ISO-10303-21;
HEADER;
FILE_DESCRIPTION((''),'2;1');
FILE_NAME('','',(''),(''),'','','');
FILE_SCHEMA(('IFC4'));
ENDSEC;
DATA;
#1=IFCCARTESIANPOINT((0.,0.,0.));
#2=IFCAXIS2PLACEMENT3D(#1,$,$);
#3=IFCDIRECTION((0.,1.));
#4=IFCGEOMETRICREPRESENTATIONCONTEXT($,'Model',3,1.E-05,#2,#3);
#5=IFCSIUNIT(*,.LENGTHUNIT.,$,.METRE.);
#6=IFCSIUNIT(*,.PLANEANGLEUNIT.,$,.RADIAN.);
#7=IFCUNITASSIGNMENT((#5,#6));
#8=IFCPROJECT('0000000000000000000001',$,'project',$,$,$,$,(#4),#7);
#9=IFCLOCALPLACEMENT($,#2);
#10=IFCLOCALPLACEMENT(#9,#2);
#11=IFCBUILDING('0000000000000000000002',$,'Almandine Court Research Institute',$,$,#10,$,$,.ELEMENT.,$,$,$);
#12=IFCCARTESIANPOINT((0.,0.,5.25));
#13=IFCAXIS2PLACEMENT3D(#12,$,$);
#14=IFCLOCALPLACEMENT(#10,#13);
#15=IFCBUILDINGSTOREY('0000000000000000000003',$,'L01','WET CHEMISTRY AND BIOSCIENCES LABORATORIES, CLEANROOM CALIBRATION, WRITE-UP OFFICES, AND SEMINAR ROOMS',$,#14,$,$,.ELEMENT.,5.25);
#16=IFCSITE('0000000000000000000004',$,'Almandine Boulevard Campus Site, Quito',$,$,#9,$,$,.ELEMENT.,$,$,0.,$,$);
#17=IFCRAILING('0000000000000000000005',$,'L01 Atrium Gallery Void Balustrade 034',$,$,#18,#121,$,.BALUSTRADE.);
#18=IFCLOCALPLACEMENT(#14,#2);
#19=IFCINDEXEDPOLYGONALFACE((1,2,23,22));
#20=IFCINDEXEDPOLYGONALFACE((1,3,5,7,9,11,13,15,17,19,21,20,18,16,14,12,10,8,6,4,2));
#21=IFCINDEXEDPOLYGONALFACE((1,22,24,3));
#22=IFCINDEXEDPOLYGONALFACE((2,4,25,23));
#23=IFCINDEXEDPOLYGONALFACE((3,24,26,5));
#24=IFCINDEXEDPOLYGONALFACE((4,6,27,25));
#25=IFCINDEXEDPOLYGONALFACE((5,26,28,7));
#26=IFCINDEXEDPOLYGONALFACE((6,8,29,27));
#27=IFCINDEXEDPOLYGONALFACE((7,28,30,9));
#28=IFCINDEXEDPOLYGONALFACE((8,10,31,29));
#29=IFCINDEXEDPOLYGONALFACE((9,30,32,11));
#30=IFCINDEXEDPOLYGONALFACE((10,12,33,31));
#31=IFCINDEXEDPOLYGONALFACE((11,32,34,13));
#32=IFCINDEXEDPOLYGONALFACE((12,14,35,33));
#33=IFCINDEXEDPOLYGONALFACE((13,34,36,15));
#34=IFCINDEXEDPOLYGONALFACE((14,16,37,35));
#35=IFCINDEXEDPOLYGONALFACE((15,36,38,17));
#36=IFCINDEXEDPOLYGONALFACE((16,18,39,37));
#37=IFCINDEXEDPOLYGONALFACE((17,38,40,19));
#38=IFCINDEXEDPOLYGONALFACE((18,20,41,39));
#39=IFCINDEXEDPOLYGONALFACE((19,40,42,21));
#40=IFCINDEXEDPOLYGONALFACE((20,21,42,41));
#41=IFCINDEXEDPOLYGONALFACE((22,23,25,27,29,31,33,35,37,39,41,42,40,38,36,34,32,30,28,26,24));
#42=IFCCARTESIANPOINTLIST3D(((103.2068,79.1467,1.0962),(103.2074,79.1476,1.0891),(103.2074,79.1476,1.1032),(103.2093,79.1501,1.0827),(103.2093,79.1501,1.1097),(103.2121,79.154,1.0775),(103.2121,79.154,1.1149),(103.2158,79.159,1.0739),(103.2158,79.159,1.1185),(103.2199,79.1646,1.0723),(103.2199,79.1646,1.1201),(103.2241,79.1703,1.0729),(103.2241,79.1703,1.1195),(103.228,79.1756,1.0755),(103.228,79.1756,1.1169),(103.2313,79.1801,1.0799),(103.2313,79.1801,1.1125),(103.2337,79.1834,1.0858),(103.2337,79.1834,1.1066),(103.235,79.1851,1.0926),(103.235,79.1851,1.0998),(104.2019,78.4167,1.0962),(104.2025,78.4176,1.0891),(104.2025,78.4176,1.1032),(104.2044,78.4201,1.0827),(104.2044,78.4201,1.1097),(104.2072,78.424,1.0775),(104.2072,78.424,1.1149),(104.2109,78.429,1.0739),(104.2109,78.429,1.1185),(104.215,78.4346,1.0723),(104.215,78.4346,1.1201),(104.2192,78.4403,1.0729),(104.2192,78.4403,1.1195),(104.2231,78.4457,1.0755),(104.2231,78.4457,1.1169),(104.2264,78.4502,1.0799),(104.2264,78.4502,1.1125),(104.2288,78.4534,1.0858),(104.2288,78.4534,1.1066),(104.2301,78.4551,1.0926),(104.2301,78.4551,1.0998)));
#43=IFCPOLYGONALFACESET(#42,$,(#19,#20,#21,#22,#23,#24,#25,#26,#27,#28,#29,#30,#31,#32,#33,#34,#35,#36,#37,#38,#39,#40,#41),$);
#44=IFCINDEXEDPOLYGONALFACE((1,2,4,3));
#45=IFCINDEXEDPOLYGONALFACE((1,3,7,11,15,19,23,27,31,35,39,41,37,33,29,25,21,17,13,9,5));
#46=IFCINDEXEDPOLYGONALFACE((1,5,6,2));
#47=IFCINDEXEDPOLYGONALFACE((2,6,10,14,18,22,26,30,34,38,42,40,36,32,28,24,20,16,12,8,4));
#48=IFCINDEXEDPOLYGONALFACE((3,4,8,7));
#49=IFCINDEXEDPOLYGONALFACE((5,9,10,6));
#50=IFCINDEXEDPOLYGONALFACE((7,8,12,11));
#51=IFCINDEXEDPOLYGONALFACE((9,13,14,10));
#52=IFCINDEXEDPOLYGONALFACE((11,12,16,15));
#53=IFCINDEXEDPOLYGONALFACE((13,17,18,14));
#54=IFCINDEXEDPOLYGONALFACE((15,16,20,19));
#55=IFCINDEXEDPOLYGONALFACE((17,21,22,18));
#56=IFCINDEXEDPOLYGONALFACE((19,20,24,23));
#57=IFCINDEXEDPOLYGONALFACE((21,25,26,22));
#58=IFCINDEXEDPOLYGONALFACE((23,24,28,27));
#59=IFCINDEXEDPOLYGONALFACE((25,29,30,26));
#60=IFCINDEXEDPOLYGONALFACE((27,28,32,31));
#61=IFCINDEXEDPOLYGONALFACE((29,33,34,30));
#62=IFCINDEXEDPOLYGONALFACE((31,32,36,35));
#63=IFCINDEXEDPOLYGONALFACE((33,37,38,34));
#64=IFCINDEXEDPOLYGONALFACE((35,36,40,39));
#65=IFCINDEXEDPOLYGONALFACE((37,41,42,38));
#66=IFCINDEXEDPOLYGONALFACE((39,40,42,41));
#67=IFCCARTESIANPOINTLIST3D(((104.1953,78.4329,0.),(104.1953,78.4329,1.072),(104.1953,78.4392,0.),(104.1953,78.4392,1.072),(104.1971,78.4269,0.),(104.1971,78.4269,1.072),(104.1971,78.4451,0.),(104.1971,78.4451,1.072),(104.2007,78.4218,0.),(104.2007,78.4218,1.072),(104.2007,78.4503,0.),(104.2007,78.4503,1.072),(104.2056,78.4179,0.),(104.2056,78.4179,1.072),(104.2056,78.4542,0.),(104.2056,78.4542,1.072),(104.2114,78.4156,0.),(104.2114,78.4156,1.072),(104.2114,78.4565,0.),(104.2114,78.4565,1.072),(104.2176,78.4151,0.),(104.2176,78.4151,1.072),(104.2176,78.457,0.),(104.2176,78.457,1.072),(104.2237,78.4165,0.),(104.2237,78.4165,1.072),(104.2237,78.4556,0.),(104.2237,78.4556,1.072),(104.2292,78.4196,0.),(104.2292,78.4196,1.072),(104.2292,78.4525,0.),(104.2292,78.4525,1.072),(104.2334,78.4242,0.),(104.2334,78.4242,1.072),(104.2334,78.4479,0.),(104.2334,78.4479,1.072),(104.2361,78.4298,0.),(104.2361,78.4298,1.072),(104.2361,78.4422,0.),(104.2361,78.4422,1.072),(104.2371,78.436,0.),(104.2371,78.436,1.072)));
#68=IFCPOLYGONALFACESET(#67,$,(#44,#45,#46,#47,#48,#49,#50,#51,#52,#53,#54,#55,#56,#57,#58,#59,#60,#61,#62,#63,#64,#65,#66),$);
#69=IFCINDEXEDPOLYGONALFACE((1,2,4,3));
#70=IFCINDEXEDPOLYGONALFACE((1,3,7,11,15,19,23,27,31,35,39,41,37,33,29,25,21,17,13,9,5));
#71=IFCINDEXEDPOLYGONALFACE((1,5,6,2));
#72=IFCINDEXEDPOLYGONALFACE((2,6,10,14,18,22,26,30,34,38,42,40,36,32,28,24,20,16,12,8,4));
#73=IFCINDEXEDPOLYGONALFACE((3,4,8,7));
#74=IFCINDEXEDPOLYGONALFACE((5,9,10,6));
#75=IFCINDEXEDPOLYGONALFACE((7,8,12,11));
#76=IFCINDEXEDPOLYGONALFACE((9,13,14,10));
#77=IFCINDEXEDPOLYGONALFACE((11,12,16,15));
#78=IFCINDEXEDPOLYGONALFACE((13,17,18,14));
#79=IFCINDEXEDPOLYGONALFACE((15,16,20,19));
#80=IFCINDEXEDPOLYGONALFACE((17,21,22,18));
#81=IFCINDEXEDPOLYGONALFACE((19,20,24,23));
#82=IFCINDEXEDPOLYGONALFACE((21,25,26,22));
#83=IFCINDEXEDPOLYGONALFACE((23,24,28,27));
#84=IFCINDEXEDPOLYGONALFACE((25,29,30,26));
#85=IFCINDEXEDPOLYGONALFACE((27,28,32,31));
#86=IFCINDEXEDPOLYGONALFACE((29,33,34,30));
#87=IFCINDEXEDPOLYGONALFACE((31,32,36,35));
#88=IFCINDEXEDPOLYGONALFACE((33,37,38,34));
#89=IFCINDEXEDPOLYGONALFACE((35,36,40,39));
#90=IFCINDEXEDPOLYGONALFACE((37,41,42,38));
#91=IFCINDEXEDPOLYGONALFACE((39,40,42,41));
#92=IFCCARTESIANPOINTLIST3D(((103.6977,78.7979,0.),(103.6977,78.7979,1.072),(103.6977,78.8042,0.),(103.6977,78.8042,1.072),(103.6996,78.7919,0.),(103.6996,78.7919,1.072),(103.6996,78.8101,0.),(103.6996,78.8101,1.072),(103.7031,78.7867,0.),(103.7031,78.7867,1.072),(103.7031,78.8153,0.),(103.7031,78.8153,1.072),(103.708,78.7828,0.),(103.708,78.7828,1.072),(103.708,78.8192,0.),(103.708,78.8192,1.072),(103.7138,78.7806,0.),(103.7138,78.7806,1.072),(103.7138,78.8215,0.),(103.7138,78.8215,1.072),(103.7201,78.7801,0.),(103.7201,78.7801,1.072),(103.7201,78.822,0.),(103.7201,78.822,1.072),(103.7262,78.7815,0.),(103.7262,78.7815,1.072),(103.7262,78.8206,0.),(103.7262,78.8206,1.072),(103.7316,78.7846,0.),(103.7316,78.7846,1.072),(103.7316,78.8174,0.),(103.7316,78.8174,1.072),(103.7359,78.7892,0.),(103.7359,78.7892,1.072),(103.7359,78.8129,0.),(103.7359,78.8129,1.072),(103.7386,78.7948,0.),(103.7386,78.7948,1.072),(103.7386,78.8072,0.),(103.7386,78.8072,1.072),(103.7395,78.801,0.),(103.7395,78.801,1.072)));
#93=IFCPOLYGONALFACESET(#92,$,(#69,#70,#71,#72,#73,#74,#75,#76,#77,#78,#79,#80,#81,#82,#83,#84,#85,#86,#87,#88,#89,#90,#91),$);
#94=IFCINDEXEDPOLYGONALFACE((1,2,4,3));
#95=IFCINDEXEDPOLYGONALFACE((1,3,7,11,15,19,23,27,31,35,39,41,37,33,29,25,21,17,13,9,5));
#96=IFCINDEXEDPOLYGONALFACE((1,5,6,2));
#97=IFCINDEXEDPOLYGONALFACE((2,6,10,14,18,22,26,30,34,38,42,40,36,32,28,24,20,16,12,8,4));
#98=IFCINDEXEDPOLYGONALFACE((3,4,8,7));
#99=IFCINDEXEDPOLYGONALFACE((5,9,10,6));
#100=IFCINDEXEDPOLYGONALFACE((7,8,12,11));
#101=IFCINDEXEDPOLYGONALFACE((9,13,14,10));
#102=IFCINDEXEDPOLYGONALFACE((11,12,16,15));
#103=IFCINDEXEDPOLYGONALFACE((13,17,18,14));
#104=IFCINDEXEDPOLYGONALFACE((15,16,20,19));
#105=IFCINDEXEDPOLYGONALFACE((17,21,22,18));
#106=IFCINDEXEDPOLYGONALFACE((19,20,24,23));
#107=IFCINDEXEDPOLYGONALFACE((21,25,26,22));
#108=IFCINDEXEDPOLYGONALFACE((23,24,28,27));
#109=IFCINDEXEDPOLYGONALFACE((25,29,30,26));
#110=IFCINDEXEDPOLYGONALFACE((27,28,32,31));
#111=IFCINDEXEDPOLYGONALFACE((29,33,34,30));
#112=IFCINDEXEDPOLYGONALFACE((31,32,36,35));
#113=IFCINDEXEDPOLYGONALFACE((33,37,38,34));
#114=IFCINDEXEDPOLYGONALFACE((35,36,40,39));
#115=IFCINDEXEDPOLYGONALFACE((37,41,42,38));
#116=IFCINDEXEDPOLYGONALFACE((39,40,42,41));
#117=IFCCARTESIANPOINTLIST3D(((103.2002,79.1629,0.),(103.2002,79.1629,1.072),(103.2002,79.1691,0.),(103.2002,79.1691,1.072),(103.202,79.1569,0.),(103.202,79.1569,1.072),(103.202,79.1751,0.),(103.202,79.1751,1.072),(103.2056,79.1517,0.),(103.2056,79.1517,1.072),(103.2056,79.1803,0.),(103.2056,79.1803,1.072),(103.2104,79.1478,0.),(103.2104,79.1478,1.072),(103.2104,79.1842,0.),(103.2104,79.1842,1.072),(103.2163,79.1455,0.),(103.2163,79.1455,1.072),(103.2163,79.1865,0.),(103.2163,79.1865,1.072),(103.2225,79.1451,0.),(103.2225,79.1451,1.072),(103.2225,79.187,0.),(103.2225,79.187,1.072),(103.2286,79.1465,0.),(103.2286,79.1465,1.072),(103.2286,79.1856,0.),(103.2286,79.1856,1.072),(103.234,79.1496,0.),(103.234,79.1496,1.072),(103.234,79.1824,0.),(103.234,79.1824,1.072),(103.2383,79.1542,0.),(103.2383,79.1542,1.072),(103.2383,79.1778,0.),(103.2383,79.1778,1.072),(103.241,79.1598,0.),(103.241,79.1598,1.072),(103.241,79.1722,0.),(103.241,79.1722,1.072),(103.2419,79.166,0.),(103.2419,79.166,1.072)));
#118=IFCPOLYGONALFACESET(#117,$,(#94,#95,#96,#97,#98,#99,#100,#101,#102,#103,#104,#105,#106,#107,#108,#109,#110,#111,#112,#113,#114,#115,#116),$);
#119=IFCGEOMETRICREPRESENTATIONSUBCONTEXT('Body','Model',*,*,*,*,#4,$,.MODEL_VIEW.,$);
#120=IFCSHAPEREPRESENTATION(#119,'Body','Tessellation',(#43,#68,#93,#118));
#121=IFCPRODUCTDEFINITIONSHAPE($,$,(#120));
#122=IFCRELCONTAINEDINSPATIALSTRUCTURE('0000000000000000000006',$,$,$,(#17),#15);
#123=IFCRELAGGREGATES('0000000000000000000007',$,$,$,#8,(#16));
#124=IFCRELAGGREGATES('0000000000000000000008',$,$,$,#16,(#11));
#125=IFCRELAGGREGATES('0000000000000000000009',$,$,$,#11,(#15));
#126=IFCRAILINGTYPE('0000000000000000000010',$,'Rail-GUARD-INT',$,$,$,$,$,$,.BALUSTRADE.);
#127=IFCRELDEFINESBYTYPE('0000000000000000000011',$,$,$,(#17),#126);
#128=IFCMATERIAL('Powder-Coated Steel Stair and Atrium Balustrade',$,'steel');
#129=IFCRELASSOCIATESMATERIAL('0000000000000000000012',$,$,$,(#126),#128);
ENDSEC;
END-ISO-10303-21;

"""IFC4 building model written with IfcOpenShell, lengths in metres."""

from ifc_helpers import new_model, si_unit, direction, frame, origin, origin_2d, place, context, subcontext, project, spatial, circle, extrude, material, type_object, element, save


model = new_model("IFC4")

# Units and contexts
model_context = context("Model", 3, precision=1e-05, world=origin(), true_north=direction((0.0, 1.0)))
body_context = subcontext(model_context, "Body", "Model", "MODEL_VIEW")
ifc_project = project(units=[si_unit("LENGTHUNIT", "METRE"), si_unit("PLANEANGLEUNIT", "RADIAN")], contexts=[model_context])

# Site, building, storey
site_placement = place(None, origin())
site = spatial("IfcSite", under=ifc_project, at=site_placement, Name="Almandine Boulevard Campus Site, Quito", CompositionType="ELEMENT", RefElevation=0.0)
building_placement = place(site_placement, origin())
building = spatial("IfcBuilding", under=site, at=building_placement, Name="Almandine Court Research Institute", CompositionType="ELEMENT")
storey_placement = place(building_placement, frame((0.0, 0.0, 5.25)))
storey = spatial("IfcBuildingStorey", under=building, at=storey_placement, Name="L01", Description="WET CHEMISTRY AND BIOSCIENCES LABORATORIES, CLEANROOM CALIBRATION, WRITE-UP OFFICES, AND SEMINAR ROOMS", CompositionType="ELEMENT", Elevation=5.25)

# Railing
ifc_material_1 = material(Name="Powder-Coated Steel Stair and Atrium Balustrade", Category="steel")
railing_type = type_object("IfcRailingType", Name="Rail-GUARD-INT", PredefinedType="BALUSTRADE", material=ifc_material_1)
railing_1_placement = place(storey_placement, frame((104.2161, 78.436, 0.0)))
element("IfcRailing", 1, at=railing_1_placement, inside=storey, type_object=railing_type, Name="L01 Atrium Gallery Void Balustrade 034", PredefinedType="BALUSTRADE", context=body_context, shape_type="SweptSolid", body=[
    extrude(circle(Radius=0.0239, at=origin_2d()), frame((0.0, 0.0, 1.0962), z_axis=(-0.806317, 0.591484, 0.0), x_axis=(-0.591484, -0.806317, 0.0)), (0.0, 0.0, 1.0), 1.2341),
    extrude(circle(Radius=0.021, at=origin_2d()), origin(), (0.0, 0.0, 1.0), 1.072),
    extrude(circle(Radius=0.021, at=origin_2d()), frame((-0.4976, 0.365, 0.0)), (0.0, 0.0, 1.0), 1.072),
    extrude(circle(Radius=0.021, at=origin_2d()), frame((-0.9951, 0.73, 0.0)), (0.0, 0.0, 1.0), 1.072),
])

save(model, "model.ifc")
